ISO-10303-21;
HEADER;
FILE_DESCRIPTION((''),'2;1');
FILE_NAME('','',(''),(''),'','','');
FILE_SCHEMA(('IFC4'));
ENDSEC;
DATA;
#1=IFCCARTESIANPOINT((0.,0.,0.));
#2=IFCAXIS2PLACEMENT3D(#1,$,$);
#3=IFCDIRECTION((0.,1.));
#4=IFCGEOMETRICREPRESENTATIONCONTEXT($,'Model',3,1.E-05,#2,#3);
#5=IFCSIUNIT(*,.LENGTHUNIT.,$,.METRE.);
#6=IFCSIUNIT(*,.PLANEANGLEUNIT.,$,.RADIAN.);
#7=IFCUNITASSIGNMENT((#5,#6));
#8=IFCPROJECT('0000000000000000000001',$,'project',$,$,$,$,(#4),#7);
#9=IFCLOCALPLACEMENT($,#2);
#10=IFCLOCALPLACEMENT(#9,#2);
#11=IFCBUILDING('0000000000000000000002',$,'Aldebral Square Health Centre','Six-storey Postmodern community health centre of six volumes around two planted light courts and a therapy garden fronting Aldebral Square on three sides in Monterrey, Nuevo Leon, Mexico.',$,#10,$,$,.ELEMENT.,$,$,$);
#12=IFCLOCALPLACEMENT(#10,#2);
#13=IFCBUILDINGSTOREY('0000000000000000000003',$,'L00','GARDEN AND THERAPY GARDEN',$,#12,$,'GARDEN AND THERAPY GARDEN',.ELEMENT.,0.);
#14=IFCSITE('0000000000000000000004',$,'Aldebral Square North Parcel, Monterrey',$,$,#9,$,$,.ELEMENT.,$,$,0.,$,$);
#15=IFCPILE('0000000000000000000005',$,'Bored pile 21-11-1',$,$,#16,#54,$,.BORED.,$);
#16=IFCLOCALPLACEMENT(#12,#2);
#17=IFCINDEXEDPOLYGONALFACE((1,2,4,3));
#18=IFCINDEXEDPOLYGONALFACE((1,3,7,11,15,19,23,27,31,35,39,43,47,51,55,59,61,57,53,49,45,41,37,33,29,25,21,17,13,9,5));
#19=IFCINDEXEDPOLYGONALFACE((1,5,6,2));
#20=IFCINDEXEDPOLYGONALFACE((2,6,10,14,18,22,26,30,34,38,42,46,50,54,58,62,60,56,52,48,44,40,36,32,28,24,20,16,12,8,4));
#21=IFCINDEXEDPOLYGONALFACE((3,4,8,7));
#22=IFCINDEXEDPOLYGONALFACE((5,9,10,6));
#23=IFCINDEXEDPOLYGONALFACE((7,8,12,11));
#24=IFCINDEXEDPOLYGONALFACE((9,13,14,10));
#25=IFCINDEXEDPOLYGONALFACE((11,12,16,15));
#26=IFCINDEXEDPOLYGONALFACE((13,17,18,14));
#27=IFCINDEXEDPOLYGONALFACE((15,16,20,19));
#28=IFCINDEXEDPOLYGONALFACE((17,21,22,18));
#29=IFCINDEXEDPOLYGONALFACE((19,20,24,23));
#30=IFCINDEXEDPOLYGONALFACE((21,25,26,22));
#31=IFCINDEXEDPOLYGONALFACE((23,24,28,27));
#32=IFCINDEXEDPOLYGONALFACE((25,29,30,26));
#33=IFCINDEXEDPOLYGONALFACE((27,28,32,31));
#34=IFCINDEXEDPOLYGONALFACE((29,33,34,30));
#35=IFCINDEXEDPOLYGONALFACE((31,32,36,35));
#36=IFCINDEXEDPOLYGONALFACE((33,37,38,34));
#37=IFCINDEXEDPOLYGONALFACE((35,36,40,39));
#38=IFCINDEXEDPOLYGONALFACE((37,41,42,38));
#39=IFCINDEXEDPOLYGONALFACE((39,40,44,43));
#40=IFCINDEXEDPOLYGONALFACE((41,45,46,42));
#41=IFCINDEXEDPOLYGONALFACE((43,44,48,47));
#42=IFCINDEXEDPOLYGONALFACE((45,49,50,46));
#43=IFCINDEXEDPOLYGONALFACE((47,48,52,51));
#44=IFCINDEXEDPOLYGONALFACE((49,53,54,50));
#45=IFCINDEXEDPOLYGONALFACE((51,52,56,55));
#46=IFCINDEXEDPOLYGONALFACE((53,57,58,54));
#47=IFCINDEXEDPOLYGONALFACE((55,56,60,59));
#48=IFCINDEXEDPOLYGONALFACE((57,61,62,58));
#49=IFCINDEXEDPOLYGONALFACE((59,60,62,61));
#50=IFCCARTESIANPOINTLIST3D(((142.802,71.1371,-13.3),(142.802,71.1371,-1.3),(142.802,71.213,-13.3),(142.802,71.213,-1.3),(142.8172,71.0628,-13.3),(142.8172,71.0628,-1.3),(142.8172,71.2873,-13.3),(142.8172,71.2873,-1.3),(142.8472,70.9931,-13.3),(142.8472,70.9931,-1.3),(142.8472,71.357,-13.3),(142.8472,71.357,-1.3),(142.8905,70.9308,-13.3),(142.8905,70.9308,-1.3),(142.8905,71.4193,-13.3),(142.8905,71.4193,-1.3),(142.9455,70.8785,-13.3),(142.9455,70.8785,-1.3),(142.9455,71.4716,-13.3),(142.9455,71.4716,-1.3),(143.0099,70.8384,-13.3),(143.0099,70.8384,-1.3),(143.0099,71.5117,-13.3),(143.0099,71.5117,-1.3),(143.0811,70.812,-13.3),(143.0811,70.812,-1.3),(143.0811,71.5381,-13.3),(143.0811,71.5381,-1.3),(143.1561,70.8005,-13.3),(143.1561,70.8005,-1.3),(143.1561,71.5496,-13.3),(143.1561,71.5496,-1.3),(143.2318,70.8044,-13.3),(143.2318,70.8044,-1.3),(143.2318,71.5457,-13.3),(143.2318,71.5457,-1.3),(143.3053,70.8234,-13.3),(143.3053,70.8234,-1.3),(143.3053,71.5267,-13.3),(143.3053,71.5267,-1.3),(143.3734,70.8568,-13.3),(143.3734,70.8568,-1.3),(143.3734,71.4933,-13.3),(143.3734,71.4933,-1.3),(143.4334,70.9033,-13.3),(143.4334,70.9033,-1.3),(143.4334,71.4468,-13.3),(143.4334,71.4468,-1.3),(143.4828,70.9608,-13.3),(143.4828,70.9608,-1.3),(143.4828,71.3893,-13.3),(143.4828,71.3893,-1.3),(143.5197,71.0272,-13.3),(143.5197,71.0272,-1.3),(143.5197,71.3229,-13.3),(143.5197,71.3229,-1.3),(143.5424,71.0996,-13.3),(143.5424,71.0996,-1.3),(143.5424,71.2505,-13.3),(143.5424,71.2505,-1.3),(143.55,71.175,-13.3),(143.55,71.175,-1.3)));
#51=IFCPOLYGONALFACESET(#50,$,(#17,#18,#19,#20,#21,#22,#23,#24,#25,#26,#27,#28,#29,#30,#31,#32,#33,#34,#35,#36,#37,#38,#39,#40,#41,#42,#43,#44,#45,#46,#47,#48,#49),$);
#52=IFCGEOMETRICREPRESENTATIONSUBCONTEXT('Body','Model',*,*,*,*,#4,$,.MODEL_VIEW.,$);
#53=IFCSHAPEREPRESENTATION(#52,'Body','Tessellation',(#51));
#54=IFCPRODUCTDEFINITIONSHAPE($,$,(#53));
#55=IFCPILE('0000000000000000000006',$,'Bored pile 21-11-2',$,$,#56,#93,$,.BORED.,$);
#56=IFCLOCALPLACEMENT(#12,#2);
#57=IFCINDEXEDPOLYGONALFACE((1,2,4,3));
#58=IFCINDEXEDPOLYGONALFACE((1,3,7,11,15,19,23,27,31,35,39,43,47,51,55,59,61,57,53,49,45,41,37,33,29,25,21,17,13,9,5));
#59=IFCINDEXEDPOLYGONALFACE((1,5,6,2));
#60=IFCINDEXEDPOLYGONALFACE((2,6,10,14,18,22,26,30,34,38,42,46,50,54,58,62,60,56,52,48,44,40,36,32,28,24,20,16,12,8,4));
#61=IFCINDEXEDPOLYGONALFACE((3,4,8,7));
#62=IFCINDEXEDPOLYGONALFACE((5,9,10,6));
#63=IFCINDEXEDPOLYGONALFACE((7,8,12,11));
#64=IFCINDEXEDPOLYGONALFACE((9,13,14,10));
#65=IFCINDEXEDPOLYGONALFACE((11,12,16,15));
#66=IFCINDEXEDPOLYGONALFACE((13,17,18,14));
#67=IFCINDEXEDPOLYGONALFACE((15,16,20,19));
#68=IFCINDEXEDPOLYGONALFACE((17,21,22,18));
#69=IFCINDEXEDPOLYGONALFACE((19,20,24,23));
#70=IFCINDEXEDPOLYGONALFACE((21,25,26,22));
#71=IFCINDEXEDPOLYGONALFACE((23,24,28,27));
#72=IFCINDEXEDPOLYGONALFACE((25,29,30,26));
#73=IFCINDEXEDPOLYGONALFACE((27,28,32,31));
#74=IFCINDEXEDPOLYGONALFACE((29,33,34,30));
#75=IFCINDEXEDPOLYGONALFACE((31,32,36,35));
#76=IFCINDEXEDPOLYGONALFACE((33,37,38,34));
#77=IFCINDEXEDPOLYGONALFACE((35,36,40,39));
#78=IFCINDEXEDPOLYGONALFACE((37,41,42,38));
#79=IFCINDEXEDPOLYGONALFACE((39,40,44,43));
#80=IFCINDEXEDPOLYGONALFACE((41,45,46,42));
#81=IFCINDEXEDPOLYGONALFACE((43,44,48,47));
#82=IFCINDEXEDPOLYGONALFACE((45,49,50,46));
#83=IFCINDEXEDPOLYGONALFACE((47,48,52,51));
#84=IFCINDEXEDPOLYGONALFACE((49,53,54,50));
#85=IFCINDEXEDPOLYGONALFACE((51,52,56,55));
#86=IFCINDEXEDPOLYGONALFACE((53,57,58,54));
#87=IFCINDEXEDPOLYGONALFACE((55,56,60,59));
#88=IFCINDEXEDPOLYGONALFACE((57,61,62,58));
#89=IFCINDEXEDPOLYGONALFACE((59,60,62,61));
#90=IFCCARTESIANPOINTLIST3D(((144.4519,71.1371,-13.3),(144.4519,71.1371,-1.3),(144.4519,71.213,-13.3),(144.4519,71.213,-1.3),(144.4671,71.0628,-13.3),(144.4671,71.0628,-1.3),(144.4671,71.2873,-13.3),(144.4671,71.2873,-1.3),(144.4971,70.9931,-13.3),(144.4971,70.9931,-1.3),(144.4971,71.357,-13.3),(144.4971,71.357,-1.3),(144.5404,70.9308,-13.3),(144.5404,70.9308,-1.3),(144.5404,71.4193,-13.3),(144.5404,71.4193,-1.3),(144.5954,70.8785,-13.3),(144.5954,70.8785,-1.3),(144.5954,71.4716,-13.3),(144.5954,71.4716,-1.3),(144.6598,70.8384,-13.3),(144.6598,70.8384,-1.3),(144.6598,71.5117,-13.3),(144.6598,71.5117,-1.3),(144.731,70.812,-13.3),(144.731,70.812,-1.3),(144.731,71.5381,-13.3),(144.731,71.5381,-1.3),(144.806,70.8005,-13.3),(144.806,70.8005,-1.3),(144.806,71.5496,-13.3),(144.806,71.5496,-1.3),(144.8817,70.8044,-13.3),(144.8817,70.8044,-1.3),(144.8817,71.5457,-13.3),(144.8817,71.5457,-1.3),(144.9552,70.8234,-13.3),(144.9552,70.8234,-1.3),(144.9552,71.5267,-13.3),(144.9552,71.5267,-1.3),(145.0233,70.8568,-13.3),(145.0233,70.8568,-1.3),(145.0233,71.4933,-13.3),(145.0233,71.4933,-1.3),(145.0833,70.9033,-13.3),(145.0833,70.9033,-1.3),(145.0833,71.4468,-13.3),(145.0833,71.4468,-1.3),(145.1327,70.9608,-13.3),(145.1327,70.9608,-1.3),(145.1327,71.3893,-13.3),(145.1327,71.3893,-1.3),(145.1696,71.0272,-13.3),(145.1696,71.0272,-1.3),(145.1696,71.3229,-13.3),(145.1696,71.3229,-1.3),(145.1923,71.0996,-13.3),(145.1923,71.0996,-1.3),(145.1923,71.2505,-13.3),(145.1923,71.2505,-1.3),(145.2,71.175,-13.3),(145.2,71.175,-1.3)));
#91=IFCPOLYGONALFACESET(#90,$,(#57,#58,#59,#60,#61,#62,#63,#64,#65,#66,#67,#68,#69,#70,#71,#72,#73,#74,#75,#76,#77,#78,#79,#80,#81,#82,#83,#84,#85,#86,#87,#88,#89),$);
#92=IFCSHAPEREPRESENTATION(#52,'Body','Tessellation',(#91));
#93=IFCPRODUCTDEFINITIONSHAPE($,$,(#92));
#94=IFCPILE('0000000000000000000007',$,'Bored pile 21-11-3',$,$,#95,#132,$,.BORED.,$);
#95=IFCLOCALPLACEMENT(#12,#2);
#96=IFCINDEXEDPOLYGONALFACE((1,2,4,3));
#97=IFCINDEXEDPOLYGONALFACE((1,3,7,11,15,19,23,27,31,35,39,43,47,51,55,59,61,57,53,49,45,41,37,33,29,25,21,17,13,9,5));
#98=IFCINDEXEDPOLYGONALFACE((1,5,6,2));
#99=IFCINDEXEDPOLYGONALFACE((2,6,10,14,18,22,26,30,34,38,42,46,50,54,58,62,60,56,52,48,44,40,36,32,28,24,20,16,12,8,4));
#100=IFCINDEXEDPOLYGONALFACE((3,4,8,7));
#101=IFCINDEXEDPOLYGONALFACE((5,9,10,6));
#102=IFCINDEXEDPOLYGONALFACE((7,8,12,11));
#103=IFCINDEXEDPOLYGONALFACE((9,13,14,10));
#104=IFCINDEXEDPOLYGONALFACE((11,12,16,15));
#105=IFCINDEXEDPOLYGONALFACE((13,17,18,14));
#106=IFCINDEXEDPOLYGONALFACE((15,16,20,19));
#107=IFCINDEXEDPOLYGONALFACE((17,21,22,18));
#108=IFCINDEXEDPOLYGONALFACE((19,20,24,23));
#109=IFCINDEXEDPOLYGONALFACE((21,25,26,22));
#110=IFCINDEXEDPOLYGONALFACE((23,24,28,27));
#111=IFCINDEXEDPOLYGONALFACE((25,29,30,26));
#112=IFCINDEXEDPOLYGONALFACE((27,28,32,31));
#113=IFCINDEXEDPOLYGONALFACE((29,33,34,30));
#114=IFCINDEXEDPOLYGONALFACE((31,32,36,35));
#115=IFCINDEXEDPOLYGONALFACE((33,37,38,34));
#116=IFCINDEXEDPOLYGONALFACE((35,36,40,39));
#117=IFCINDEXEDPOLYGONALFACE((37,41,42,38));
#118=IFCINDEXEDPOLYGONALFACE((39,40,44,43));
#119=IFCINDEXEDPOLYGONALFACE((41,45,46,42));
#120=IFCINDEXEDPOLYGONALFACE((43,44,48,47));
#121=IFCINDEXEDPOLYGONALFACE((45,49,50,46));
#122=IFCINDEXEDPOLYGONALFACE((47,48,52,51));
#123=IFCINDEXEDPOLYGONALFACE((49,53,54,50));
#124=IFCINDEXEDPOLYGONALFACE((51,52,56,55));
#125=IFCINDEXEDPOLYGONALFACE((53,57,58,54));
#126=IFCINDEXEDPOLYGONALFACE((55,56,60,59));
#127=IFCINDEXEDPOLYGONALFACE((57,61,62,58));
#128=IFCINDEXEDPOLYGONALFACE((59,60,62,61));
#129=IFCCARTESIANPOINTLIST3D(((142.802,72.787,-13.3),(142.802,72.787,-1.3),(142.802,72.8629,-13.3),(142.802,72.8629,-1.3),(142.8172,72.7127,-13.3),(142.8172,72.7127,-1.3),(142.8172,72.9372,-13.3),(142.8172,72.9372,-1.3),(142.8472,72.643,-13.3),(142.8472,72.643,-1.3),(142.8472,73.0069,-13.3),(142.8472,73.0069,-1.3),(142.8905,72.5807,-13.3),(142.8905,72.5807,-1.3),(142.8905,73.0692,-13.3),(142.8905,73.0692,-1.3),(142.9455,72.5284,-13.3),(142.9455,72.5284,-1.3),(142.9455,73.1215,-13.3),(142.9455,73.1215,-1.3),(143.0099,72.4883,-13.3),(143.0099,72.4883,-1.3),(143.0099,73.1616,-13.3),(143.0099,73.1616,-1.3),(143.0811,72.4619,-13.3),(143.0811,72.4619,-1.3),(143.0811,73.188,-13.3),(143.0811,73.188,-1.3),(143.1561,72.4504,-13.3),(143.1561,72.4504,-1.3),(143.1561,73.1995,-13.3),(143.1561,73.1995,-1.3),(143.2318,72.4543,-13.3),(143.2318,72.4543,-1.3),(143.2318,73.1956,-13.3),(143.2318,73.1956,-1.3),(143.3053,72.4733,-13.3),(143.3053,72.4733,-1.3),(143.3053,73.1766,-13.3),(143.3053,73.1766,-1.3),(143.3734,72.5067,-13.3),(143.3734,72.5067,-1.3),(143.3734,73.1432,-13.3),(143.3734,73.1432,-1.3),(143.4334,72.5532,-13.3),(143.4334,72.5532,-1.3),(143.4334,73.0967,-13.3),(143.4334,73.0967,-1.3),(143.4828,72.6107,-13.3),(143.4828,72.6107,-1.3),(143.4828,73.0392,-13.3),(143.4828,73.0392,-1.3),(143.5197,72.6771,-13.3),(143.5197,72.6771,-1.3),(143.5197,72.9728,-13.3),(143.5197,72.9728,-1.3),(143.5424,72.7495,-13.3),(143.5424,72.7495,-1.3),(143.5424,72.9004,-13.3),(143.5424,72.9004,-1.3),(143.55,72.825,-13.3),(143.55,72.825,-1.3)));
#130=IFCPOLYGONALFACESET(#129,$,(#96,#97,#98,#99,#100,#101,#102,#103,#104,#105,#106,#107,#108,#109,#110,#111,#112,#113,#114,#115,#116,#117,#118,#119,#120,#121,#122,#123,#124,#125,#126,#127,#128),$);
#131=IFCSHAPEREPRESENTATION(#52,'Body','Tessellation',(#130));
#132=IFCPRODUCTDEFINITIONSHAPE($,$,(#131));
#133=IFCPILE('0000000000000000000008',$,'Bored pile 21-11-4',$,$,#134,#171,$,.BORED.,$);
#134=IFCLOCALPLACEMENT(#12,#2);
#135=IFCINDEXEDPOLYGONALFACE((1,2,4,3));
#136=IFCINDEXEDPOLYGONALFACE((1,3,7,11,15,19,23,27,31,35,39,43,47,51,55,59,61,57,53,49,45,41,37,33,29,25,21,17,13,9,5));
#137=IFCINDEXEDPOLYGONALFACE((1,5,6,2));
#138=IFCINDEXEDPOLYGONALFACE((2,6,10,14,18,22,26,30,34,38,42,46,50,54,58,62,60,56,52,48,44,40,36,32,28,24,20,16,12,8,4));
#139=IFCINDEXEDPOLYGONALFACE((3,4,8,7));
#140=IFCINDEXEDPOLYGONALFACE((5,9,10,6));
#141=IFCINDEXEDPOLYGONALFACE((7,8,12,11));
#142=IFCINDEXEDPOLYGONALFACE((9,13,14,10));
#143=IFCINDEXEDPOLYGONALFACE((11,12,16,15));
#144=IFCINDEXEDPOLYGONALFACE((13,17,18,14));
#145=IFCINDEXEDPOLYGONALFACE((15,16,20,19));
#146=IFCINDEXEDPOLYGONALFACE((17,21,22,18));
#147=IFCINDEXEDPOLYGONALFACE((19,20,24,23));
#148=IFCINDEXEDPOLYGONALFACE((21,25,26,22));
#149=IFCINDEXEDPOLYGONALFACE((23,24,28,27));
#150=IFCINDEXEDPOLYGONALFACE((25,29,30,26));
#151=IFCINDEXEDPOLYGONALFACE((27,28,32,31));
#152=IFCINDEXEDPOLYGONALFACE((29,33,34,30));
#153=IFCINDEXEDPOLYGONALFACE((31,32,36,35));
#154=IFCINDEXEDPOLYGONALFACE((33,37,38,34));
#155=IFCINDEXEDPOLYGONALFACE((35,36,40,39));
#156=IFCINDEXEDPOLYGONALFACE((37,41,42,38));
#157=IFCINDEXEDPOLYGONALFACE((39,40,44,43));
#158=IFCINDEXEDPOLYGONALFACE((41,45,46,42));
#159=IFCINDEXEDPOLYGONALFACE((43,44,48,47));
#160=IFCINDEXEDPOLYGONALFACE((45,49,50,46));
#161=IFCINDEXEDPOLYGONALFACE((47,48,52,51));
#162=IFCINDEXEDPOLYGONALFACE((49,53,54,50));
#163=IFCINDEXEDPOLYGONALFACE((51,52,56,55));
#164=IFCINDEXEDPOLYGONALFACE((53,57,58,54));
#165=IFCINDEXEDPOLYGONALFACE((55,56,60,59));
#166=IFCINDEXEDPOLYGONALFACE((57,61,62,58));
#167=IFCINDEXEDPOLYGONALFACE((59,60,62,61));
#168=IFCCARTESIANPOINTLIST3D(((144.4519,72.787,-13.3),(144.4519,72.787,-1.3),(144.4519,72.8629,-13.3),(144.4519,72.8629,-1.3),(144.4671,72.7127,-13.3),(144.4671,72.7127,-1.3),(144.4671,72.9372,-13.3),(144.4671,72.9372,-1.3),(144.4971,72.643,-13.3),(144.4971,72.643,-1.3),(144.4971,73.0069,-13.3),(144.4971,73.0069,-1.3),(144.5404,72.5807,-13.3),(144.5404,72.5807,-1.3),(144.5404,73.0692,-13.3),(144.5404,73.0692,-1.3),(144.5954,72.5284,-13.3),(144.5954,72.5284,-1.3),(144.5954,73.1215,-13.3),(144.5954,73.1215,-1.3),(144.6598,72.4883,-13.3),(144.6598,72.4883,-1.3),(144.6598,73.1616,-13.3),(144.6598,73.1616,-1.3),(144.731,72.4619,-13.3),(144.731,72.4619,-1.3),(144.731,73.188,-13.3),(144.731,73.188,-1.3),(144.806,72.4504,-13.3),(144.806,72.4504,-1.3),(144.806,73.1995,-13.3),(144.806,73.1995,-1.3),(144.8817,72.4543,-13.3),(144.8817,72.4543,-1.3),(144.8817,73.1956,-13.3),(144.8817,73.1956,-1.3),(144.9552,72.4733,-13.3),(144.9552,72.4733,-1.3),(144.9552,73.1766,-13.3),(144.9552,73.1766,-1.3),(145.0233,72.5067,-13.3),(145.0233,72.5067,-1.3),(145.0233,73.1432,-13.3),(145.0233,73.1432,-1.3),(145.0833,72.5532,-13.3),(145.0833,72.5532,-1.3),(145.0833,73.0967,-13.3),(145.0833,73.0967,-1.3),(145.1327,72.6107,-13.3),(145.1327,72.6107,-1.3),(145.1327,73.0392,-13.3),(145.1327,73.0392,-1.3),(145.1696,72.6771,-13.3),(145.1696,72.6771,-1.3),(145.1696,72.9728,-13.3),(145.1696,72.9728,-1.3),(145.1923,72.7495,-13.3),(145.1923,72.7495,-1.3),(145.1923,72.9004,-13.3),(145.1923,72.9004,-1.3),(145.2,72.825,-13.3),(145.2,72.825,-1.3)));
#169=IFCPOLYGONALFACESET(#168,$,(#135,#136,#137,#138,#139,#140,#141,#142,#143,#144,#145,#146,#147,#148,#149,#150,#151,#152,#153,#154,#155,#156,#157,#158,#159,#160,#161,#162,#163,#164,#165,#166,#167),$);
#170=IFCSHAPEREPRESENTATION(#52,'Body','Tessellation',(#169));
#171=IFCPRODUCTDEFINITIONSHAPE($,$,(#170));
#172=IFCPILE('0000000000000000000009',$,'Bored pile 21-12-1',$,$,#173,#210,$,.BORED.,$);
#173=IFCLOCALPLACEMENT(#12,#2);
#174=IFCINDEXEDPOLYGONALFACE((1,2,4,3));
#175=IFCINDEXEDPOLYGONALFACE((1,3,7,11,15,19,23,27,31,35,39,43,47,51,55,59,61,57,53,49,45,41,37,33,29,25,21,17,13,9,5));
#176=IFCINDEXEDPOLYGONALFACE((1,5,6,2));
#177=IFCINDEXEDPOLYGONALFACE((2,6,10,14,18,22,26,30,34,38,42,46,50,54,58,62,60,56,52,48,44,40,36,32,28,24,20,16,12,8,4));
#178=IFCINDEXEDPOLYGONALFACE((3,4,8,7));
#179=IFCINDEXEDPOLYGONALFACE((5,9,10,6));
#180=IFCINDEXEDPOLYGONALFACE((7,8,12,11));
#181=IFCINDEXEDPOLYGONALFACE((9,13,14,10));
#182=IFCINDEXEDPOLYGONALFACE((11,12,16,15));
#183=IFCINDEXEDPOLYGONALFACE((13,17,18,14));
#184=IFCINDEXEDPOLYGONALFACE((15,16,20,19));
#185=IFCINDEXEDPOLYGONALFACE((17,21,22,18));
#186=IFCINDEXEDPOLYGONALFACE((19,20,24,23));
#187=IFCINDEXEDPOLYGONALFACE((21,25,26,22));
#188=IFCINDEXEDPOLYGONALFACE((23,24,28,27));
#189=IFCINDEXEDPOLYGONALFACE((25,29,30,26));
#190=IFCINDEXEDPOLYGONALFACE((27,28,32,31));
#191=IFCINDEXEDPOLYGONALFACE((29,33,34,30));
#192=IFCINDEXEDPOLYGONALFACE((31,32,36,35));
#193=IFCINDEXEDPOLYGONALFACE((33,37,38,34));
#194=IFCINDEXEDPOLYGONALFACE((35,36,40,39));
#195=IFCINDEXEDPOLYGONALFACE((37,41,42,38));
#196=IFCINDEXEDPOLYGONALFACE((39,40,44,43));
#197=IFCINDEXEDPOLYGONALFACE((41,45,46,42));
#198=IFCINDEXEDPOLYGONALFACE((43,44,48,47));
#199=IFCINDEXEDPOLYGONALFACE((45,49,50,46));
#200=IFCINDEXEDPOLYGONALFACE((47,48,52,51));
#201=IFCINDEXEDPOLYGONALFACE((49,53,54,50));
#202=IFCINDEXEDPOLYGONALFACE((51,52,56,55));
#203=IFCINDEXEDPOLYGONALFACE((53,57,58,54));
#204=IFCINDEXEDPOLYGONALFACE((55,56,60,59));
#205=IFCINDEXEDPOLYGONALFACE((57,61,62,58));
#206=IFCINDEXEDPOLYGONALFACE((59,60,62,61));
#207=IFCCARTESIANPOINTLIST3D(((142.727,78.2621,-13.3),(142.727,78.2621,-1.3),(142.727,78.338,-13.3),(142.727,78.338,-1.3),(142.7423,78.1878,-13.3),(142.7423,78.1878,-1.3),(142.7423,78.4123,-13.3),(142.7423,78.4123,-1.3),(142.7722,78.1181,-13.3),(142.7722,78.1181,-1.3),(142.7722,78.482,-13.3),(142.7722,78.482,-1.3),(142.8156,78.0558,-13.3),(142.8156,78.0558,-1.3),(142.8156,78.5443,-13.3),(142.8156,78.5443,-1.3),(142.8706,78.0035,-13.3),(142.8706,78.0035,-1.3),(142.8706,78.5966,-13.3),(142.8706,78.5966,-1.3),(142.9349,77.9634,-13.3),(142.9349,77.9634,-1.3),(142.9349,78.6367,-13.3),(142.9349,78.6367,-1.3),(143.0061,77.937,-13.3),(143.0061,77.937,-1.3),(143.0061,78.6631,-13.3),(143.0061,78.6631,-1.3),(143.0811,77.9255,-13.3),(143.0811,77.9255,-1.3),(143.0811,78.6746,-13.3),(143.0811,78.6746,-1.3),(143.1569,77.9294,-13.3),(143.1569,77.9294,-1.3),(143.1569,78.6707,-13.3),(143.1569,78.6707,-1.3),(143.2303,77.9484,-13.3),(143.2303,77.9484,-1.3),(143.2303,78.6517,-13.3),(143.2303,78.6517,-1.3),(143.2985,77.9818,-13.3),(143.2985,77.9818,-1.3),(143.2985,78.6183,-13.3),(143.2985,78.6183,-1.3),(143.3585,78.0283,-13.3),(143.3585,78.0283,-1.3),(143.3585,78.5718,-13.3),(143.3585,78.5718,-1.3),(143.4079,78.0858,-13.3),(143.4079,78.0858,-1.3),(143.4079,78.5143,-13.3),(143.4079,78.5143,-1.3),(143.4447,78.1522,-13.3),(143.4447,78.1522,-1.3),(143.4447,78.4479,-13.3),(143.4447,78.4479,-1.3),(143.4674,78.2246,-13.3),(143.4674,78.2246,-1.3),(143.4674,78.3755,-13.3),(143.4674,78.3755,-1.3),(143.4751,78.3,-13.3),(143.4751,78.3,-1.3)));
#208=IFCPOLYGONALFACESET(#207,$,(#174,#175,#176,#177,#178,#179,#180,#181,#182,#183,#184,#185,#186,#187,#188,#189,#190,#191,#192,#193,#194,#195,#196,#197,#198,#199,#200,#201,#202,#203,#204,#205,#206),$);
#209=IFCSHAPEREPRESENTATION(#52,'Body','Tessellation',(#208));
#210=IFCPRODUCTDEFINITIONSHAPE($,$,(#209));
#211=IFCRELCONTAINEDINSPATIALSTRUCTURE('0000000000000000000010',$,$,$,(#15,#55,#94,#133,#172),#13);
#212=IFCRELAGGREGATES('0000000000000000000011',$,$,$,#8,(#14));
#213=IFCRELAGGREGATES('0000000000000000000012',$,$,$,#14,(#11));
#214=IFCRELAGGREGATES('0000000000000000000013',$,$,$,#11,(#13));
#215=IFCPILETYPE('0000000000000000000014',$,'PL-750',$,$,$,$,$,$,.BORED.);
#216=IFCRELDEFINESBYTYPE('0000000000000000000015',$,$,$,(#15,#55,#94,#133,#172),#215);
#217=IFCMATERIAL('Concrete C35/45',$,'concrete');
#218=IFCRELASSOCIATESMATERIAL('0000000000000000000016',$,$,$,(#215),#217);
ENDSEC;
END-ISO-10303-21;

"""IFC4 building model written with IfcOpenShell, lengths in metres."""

from ifc_helpers import new_model, si_unit, direction, frame, origin, origin_2d, place, context, subcontext, project, spatial, circle, extrude, material, material_profile, profile_set, type_object, element, save


model = new_model("IFC4")

# Units and contexts
model_context = context("Model", 3, precision=1e-05, world=origin(), true_north=direction((0.0, 1.0)))
body_context = subcontext(model_context, "Body", "Model", "MODEL_VIEW")
ifc_project = project(units=[si_unit("LENGTHUNIT", "METRE"), si_unit("PLANEANGLEUNIT", "RADIAN")], contexts=[model_context])

# Site, building, storey
site_placement = place(None, origin())
site = spatial("IfcSite", under=ifc_project, at=site_placement, Name="Aldebral Square North Parcel, Monterrey", CompositionType="ELEMENT", RefElevation=0.0)
building_placement = place(site_placement, origin())
building = spatial("IfcBuilding", under=site, at=building_placement, Name="Aldebral Square Health Centre", Description="Six-storey Postmodern community health centre of six volumes around two planted light courts and a therapy garden fronting Aldebral Square on three sides in Monterrey, Nuevo Leon, Mexico.", CompositionType="ELEMENT")
storey_placement = place(building_placement, origin())
storey = spatial("IfcBuildingStorey", under=building, at=storey_placement, Name="L00", Description="GARDEN AND THERAPY GARDEN", LongName="GARDEN AND THERAPY GARDEN", CompositionType="ELEMENT", Elevation=0.0)

# Shared definitions
ifc_material_1 = material(Name="Concrete C35/45", Category="concrete")

# Piles
ifc_material_profile_1 = material_profile(ifc_material_1, circle(Radius=0.375, at=origin_2d()), Name="PILE D750")
ifc_profile_set_1 = profile_set([ifc_material_profile_1], Name="Concrete C35/45")
pile_type_1 = type_object("IfcPileType", Name="PL-750", PredefinedType="BORED", material=ifc_profile_set_1)
for number, where, z_axis, x_axis, name in (
    (1, (143.175, 71.175, -1.3), (0.0, 0.0, -1.0), (1.0, 0.0, 0.0), "Bored pile 21-11-1"),
    (2, (144.825, 71.175, -1.3), (0.0, 0.0, -1.0), (1.0, 0.0, 0.0), "Bored pile 21-11-2"),
    (3, (143.175, 72.825, -1.3), (0.0, 0.0, -1.0), (1.0, 0.0, 0.0), "Bored pile 21-11-3"),
    (4, (144.825, 72.825, -1.3), (0.0, 0.0, -1.0), (1.0, 0.0, 0.0), "Bored pile 21-11-4"),
    (5, (143.1001, 78.3, -1.3), (0.0, 0.0, -1.0), (1.0, 0.0, 0.0), "Bored pile 21-12-1"),
):
    element("IfcPile", number, at=place(storey_placement, frame(where, z_axis=z_axis, x_axis=x_axis)), inside=storey, type_object=pile_type_1, Name=name, PredefinedType="BORED", context=body_context, shape_type="SweptSolid", body=[
        extrude(circle(Radius=0.375, at=origin_2d()), origin(), (0.0, 0.0, 1.0), 12.0),
    ])

save(model, "model.ifc")
